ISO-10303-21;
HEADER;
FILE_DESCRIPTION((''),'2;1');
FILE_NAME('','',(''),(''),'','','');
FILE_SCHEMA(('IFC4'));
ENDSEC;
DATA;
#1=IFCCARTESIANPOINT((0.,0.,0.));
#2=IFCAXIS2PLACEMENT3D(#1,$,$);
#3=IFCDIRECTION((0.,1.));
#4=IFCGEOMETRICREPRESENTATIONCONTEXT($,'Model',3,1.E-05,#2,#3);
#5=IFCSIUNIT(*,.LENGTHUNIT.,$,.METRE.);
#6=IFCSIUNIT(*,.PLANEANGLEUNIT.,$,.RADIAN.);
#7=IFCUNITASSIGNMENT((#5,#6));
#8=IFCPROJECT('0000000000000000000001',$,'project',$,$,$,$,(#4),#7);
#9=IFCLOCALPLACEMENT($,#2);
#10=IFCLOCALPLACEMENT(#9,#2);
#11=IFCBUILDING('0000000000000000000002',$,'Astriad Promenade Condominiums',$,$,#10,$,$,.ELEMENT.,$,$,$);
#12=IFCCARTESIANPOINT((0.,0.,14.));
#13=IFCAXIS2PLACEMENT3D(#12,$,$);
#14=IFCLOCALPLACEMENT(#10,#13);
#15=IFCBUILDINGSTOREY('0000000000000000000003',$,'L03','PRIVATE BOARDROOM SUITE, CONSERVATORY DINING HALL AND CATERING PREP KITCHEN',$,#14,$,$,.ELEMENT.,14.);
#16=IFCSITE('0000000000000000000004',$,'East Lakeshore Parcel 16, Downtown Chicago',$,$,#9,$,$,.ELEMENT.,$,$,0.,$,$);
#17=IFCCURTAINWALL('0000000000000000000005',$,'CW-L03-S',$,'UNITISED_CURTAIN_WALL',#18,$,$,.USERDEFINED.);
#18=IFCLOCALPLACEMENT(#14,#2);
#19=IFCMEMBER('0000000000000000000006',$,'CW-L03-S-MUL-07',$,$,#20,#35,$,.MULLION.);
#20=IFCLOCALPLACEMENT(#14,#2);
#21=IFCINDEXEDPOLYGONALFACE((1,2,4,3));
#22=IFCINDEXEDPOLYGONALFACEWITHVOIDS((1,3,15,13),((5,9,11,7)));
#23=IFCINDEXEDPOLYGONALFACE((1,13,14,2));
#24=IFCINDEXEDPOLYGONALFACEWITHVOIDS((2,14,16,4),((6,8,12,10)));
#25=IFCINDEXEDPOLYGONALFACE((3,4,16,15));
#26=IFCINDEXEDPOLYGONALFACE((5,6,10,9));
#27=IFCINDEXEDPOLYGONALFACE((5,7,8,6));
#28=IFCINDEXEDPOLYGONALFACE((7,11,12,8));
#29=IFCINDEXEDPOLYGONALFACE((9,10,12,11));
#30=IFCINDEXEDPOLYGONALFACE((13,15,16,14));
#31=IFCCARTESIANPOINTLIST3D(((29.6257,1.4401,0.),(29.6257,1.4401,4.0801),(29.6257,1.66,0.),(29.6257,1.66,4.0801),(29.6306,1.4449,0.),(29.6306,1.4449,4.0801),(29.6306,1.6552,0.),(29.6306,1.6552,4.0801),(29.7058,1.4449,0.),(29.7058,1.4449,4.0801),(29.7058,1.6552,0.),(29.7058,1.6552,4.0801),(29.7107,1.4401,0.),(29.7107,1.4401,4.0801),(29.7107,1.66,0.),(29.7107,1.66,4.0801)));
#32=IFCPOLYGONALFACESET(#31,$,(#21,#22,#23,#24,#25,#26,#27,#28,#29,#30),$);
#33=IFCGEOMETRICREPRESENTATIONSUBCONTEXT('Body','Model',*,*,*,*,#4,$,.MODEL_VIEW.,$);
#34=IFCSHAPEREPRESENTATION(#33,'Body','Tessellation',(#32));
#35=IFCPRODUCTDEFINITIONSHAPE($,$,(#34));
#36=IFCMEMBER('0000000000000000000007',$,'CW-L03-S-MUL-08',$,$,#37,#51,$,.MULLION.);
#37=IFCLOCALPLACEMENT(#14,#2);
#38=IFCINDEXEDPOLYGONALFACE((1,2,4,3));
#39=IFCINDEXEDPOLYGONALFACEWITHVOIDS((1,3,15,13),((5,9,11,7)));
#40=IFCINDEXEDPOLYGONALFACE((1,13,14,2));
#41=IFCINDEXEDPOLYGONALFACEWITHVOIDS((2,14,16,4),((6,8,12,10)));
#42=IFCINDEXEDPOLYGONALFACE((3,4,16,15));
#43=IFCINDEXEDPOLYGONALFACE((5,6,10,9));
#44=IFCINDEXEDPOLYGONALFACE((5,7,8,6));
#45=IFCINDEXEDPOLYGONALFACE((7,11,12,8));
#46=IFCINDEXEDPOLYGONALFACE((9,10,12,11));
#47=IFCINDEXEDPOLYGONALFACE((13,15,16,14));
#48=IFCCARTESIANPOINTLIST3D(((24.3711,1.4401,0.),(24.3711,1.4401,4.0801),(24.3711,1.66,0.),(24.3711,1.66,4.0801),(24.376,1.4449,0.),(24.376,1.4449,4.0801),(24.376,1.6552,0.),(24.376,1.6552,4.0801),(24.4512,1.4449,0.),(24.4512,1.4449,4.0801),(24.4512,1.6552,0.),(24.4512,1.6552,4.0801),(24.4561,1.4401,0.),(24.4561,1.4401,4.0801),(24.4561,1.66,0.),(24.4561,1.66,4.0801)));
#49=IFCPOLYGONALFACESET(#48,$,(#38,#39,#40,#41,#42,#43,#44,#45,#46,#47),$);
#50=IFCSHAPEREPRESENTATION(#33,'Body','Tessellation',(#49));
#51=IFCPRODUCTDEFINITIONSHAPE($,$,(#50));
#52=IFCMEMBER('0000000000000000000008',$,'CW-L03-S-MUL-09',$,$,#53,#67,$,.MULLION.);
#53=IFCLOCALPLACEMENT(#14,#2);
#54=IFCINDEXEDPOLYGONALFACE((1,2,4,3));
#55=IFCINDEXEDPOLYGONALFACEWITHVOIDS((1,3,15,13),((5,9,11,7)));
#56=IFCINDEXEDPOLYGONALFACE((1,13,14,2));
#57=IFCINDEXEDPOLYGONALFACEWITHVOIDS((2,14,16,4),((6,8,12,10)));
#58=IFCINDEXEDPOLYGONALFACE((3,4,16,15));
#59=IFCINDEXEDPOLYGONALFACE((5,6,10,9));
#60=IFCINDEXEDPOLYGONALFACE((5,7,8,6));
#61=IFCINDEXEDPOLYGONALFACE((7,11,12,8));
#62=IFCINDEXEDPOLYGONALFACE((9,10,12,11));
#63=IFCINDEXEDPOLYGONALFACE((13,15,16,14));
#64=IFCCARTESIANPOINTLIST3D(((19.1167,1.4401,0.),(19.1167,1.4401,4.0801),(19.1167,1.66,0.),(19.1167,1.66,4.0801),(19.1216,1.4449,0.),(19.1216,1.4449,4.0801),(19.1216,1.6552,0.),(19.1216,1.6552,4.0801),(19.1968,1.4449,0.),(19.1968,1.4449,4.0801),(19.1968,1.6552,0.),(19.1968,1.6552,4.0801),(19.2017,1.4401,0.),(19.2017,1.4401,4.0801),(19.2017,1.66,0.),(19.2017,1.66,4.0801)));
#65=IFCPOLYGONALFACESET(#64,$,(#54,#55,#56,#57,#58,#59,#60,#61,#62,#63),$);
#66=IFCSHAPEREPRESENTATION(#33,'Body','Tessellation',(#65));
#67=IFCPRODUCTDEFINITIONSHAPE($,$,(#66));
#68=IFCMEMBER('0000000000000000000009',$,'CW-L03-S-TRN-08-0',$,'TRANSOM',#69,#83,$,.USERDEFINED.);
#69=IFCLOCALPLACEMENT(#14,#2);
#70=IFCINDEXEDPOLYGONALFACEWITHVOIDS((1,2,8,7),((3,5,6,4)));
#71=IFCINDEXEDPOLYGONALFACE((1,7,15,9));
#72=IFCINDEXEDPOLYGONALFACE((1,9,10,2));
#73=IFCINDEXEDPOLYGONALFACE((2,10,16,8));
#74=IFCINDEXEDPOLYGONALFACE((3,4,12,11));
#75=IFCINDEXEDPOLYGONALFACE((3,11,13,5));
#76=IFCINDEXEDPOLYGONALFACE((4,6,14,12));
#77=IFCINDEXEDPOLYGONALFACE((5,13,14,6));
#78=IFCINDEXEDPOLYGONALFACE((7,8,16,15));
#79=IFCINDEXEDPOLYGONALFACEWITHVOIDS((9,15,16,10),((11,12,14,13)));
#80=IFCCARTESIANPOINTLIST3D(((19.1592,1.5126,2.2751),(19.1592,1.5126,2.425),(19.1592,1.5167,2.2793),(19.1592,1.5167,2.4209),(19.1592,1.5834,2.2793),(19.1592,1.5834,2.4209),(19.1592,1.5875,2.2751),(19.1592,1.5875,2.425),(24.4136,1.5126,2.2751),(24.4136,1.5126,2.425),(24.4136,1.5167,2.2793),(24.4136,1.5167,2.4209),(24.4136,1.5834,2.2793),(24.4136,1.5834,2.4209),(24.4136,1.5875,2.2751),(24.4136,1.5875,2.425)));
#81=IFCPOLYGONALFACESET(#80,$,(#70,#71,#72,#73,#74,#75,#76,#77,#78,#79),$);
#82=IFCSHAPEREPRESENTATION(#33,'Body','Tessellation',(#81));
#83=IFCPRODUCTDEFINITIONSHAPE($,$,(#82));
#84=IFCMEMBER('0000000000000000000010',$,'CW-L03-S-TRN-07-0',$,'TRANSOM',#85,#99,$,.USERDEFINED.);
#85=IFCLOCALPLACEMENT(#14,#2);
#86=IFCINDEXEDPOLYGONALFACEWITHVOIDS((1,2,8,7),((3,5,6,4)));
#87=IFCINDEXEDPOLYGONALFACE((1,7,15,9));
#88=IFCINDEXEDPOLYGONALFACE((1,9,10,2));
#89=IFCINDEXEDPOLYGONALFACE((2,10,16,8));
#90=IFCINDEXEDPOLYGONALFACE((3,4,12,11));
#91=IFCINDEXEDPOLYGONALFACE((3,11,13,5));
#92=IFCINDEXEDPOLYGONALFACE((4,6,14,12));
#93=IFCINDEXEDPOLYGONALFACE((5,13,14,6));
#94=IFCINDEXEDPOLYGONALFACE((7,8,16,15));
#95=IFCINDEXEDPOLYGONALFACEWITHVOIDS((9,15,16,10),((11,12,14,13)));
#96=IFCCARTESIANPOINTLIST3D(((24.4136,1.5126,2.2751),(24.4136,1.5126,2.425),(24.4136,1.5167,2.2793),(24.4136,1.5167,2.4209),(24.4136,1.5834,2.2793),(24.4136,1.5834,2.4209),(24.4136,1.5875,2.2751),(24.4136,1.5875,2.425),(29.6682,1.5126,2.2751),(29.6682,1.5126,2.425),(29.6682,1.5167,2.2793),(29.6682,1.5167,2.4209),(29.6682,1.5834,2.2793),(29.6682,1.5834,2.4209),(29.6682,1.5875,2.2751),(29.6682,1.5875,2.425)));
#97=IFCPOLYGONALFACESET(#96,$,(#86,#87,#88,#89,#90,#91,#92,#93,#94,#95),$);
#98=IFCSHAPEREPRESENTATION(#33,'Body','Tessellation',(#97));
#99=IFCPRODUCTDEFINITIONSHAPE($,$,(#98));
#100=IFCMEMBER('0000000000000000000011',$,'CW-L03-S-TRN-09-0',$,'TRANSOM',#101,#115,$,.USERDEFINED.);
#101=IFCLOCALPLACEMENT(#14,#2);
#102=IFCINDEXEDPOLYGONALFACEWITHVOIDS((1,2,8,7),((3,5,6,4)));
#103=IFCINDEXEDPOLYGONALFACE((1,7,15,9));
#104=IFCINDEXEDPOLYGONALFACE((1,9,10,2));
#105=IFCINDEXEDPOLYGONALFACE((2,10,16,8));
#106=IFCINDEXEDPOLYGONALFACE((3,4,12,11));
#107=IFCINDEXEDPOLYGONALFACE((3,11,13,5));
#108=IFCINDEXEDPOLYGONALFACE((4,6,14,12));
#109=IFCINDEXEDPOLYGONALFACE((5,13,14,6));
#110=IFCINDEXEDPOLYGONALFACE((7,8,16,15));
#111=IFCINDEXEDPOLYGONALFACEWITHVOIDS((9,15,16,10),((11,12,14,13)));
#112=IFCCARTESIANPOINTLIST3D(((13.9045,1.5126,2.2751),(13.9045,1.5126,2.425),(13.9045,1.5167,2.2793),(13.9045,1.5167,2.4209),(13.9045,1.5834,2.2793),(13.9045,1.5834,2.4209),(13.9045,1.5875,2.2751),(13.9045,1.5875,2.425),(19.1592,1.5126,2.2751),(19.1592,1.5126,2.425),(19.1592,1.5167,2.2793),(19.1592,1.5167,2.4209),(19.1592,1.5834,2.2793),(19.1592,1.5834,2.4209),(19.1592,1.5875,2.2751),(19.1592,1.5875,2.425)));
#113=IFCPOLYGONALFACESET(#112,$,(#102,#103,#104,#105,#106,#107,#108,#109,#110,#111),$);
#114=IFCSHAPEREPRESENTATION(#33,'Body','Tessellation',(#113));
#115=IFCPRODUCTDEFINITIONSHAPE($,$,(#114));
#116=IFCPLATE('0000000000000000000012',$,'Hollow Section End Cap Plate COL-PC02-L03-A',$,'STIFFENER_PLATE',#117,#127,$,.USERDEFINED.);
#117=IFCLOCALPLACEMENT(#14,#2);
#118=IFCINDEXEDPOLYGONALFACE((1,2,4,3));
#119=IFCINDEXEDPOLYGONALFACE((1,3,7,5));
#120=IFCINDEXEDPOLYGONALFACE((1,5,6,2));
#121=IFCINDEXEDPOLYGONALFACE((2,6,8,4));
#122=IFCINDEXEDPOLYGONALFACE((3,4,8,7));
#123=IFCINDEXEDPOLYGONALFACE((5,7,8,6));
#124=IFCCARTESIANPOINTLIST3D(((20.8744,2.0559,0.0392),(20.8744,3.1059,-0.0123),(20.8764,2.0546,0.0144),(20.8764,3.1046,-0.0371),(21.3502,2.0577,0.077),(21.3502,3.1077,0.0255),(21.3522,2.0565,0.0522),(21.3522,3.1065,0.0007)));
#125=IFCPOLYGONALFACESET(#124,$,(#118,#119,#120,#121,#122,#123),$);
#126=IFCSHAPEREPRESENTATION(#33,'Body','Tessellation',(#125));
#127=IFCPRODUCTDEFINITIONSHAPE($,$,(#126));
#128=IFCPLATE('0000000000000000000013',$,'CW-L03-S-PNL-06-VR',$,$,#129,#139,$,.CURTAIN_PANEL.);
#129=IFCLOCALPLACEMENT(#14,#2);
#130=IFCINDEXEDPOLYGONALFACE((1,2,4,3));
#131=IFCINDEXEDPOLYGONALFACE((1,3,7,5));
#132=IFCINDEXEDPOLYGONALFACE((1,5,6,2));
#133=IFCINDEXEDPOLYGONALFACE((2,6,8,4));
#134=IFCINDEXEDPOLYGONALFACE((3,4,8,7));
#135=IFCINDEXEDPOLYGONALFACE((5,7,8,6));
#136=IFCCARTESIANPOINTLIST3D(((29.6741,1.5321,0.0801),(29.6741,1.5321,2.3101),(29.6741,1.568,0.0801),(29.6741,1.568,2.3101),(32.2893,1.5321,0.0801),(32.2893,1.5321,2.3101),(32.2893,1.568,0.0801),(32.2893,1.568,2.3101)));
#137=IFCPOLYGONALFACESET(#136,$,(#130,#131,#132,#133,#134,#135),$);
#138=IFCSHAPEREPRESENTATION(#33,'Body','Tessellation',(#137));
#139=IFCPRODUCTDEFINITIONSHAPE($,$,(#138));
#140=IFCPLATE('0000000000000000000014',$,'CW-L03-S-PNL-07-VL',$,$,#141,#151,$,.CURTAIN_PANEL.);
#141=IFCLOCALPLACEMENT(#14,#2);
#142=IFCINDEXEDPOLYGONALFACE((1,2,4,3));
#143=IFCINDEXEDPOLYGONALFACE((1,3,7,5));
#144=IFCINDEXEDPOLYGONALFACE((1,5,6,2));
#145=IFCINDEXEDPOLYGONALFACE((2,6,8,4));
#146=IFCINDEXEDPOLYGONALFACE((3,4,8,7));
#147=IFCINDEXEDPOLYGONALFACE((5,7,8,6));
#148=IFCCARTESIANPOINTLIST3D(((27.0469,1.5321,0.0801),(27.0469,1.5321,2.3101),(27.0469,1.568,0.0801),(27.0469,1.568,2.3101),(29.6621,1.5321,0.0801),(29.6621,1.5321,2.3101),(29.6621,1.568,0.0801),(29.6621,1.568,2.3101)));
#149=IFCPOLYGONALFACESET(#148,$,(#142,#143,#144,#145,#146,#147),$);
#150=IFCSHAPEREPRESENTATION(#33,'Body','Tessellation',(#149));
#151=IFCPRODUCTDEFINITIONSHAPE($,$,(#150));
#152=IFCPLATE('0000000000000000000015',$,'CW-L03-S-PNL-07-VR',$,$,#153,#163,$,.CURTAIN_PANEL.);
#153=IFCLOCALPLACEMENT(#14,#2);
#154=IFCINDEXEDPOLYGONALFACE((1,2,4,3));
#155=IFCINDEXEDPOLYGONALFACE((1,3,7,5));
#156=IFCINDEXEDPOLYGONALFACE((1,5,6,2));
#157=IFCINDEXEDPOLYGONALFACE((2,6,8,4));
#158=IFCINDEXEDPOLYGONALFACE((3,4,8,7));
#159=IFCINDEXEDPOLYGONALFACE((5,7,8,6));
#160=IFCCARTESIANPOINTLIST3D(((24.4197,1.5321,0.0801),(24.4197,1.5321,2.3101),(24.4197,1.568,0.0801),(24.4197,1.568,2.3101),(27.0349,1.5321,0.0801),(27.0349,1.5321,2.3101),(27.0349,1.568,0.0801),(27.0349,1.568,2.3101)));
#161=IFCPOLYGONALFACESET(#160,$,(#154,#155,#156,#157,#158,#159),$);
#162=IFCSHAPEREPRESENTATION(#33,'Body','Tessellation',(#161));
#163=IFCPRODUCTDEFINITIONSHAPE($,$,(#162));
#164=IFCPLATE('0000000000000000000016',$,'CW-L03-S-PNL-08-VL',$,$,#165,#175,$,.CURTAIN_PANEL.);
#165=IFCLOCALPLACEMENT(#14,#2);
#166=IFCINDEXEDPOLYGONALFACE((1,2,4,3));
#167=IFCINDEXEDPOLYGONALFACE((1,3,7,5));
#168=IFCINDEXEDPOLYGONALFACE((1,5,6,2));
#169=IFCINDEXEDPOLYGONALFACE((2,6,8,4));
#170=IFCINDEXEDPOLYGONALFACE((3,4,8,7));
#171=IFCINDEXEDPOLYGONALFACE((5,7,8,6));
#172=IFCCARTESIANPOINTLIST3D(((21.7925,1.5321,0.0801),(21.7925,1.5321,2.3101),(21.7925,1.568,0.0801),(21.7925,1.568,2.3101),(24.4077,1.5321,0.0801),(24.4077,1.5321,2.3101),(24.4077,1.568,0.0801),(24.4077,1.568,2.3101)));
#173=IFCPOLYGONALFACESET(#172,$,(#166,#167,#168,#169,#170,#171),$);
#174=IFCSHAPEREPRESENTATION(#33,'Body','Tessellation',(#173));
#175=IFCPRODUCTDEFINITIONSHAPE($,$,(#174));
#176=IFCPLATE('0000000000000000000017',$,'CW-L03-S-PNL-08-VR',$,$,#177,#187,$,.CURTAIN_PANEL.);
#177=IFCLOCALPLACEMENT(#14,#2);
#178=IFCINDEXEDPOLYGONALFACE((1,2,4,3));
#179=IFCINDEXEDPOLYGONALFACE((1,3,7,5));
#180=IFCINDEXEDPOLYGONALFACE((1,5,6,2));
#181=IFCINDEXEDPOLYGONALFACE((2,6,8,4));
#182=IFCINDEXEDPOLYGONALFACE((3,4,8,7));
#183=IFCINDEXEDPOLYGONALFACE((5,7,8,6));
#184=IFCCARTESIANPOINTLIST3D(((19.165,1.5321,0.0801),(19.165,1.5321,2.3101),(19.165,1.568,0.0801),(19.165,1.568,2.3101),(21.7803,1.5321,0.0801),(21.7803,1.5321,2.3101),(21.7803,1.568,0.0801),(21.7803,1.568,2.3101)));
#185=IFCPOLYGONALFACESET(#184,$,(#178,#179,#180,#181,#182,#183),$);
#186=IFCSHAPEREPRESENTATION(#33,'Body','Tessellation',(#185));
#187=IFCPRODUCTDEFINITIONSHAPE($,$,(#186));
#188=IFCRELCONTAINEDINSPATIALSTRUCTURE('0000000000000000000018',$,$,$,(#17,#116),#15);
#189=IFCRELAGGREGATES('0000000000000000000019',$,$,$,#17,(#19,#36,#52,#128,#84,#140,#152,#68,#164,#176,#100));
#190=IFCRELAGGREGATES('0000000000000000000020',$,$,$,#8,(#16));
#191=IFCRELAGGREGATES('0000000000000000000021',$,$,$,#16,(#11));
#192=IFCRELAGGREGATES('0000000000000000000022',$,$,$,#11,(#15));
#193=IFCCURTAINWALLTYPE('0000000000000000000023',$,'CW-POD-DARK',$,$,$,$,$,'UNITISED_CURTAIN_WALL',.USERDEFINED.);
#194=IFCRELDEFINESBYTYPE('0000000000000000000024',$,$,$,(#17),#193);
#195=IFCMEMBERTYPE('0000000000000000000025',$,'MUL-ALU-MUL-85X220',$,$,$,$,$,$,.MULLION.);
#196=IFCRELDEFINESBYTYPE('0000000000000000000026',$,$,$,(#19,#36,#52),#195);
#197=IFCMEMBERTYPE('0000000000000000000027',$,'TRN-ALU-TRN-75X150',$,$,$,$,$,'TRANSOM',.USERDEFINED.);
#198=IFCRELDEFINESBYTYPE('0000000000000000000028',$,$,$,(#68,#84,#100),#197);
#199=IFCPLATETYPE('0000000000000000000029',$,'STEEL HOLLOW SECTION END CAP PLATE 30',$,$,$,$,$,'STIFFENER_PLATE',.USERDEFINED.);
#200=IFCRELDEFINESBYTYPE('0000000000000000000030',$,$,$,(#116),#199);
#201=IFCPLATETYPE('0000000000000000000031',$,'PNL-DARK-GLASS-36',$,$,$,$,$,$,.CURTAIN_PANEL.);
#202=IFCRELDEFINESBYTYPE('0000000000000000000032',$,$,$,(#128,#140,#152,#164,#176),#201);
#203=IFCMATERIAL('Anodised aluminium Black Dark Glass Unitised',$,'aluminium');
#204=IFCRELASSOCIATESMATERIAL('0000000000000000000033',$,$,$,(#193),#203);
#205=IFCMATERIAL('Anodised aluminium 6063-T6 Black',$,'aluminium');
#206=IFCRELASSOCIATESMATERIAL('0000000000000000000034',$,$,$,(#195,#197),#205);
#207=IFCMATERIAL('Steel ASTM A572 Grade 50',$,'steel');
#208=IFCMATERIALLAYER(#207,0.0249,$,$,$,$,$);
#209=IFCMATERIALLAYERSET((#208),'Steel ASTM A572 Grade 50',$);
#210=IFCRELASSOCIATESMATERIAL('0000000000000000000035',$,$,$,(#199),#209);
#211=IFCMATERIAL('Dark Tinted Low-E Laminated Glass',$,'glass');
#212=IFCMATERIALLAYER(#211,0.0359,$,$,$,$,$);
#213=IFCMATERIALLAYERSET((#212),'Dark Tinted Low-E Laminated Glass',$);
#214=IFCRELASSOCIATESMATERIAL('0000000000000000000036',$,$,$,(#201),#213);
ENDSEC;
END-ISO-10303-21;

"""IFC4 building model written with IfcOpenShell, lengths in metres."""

from ifc_helpers import new_model, si_unit, direction, frame, origin, origin_2d, place, context, subcontext, project, spatial, rectangle, hollow_rectangle, extrude, source, transform, mapped, material, layer, layer_set, material_profile, profile_set, type_object, type_shapes, element, aggregate, save


model = new_model("IFC4")

# Units and contexts
model_context = context("Model", 3, precision=1e-05, world=origin(), true_north=direction((0.0, 1.0)))
body_context = subcontext(model_context, "Body", "Model", "MODEL_VIEW")
ifc_project = project(units=[si_unit("LENGTHUNIT", "METRE"), si_unit("PLANEANGLEUNIT", "RADIAN")], contexts=[model_context])

# Site, building, storey
site_placement = place(None, origin())
site = spatial("IfcSite", under=ifc_project, at=site_placement, Name="East Lakeshore Parcel 16, Downtown Chicago", CompositionType="ELEMENT", RefElevation=0.0)
building_placement = place(site_placement, origin())
building = spatial("IfcBuilding", under=site, at=building_placement, Name="Astriad Promenade Condominiums", CompositionType="ELEMENT")
storey_placement = place(building_placement, frame((0.0, 0.0, 14.0)))
storey = spatial("IfcBuildingStorey", under=building, at=storey_placement, Name="L03", Description="PRIVATE BOARDROOM SUITE, CONSERVATORY DINING HALL AND CATERING PREP KITCHEN", CompositionType="ELEMENT", Elevation=14.0)

# Curtain wall, members
ifc_material_1 = material(Name="Anodised aluminium Black Dark Glass Unitised", Category="aluminium")
curtain_wall_type = type_object("IfcCurtainWallType", Name="CW-POD-DARK", ElementType="UNITISED_CURTAIN_WALL", PredefinedType="USERDEFINED", material=ifc_material_1)
curtain_wall_placement = place(storey_placement, origin())
curtain_wall = element("IfcCurtainWall", 1, at=curtain_wall_placement, inside=storey, type_object=curtain_wall_type, Name="CW-L03-S", ObjectType="UNITISED_CURTAIN_WALL", PredefinedType="USERDEFINED")
ifc_material_2 = material(Name="Anodised aluminium 6063-T6 Black", Category="aluminium")
ifc_material_profile_1 = material_profile(ifc_material_2, hollow_rectangle(XDim=0.085, YDim=0.22, WallThickness=0.0049, at=origin_2d()), Name="ALU-MUL-85X220")
ifc_profile_set_1 = profile_set([ifc_material_profile_1], Name="Anodised aluminium 6063-T6 Black")
member_type_1 = type_object("IfcMemberType", Name="MUL-ALU-MUL-85X220", PredefinedType="MULLION", material=ifc_profile_set_1)
shared_shape_1 = source(origin(), body_context, "Body", "SweptSolid", [
    extrude(hollow_rectangle(XDim=0.085, YDim=0.22, WallThickness=0.0049, at=origin_2d()), origin(), (0.0, 0.0, 1.0), 4.0801),
])
type_shapes(member_type_1, [shared_shape_1])
member_1_placement = place(storey_placement, frame((29.6682, 1.55, 0.0), z_axis=(0.0, 0.0, 1.0), x_axis=(1.0, 0.0, 0.0)))
member_1 = element("IfcMember", 2, at=member_1_placement, type_object=member_type_1, Name="CW-L03-S-MUL-07", PredefinedType="MULLION", context=body_context, shape_type="MappedRepresentation", body=[
    mapped(shared_shape_1, transform((0.0, 0.0, 0.0), scale=1.0)),
])
member_2_placement = place(storey_placement, frame((24.4136, 1.55, 0.0), z_axis=(0.0, 0.0, 1.0), x_axis=(1.0, 0.0, 0.0)))
member_2 = element("IfcMember", 3, at=member_2_placement, type_object=member_type_1, Name="CW-L03-S-MUL-08", PredefinedType="MULLION", context=body_context, shape_type="MappedRepresentation", body=[
    mapped(shared_shape_1, transform((0.0, 0.0, 0.0), scale=1.0)),
])
member_3_placement = place(storey_placement, frame((19.1592, 1.55, 0.0), z_axis=(0.0, 0.0, 1.0), x_axis=(1.0, 0.0, 0.0)))
member_3 = element("IfcMember", 4, at=member_3_placement, type_object=member_type_1, Name="CW-L03-S-MUL-09", PredefinedType="MULLION", context=body_context, shape_type="MappedRepresentation", body=[
    mapped(shared_shape_1, transform((0.0, 0.0, 0.0), scale=1.0)),
])
ifc_material_profile_2 = material_profile(ifc_material_2, hollow_rectangle(XDim=0.075, YDim=0.1499, WallThickness=0.0042, at=origin_2d()), Name="ALU-TRN-75X150")
ifc_profile_set_2 = profile_set([ifc_material_profile_2], Name="Anodised aluminium 6063-T6 Black")
member_type_2 = type_object("IfcMemberType", Name="TRN-ALU-TRN-75X150", ElementType="TRANSOM", PredefinedType="USERDEFINED", material=ifc_profile_set_2)
shared_shape_2 = source(origin(), body_context, "Body", "SweptSolid", [
    extrude(hollow_rectangle(XDim=0.075, YDim=0.1499, WallThickness=0.0042, at=origin_2d()), origin(), (0.0, 0.0, 1.0), 5.2544),
])
member_4_placement = place(storey_placement, frame((24.4136, 1.55, 2.3501), z_axis=(-1.0, 0.0, 0.0), x_axis=(0.0, -1.0, 0.0)))
member_4 = element("IfcMember", 5, at=member_4_placement, type_object=member_type_2, Name="CW-L03-S-TRN-08-0", ObjectType="TRANSOM", PredefinedType="USERDEFINED", context=body_context, shape_type="MappedRepresentation", body=[
    mapped(shared_shape_2, transform((0.0, 0.0, 0.0), scale=1.0)),
])
shared_shape_3 = source(origin(), body_context, "Body", "SweptSolid", [
    extrude(hollow_rectangle(XDim=0.075, YDim=0.1499, WallThickness=0.0042, at=origin_2d()), origin(), (0.0, 0.0, 1.0), 5.2546),
])
type_shapes(member_type_2, [shared_shape_2, shared_shape_3])
member_5_placement = place(storey_placement, frame((29.6682, 1.55, 2.3501), z_axis=(-1.0, 0.0, 0.0), x_axis=(0.0, -1.0, 0.0)))
member_5 = element("IfcMember", 6, at=member_5_placement, type_object=member_type_2, Name="CW-L03-S-TRN-07-0", ObjectType="TRANSOM", PredefinedType="USERDEFINED", context=body_context, shape_type="MappedRepresentation", body=[
    mapped(shared_shape_3, transform((0.0, 0.0, 0.0), scale=1.0)),
])
member_6_placement = place(storey_placement, frame((19.1592, 1.55, 2.3501), z_axis=(-1.0, 0.0, 0.0), x_axis=(0.0, -1.0, 0.0)))
member_6 = element("IfcMember", 7, at=member_6_placement, type_object=member_type_2, Name="CW-L03-S-TRN-09-0", ObjectType="TRANSOM", PredefinedType="USERDEFINED", context=body_context, shape_type="MappedRepresentation", body=[
    mapped(shared_shape_3, transform((0.0, 0.0, 0.0), scale=1.0)),
])

# Plates
ifc_material_3 = material(Name="Steel ASTM A572 Grade 50", Category="steel")
ifc_layer_1 = layer(ifc_material_3, 0.0249)
ifc_layer_set_1 = layer_set([ifc_layer_1], Name="Steel ASTM A572 Grade 50")
plate_type_1 = type_object("IfcPlateType", Name="STEEL HOLLOW SECTION END CAP PLATE 30", ElementType="STIFFENER_PLATE", PredefinedType="USERDEFINED", material=ifc_layer_set_1)
shared_shape_4 = source(origin(), body_context, "Body", "SweptSolid", [
    extrude(rectangle(XDim=0.4773, YDim=1.0513, at=origin_2d()), origin(), (0.0, 0.0, 1.0), 0.0249),
])
type_shapes(plate_type_1, [shared_shape_4])
plate_1_placement = place(storey_placement, frame((21.1143, 2.5806, 0.0076), z_axis=(-0.079301, 0.048801, 0.995655), x_axis=(1.0, 0.0, 0.0)))
element("IfcPlate", 8, at=plate_1_placement, inside=storey, type_object=plate_type_1, Name="Hollow Section End Cap Plate COL-PC02-L03-A", ObjectType="STIFFENER_PLATE", PredefinedType="USERDEFINED", context=body_context, shape_type="MappedRepresentation", body=[
    mapped(shared_shape_4, transform((0.0, 0.0, 0.0), scale=1.0)),
])
ifc_material_4 = material(Name="Dark Tinted Low-E Laminated Glass", Category="glass")
ifc_layer_2 = layer(ifc_material_4, 0.0359)
ifc_layer_set_2 = layer_set([ifc_layer_2], Name="Dark Tinted Low-E Laminated Glass")
plate_type_2 = type_object("IfcPlateType", Name="PNL-DARK-GLASS-36", PredefinedType="CURTAIN_PANEL", material=ifc_layer_set_2)
shared_shape_5 = source(origin(), body_context, "Body", "SweptSolid", [
    extrude(rectangle(XDim=2.6152, YDim=0.0359, at=origin_2d()), origin(), (0.0, 0.0, 1.0), 2.23),
])
plate_2_placement = place(storey_placement, frame((30.9817, 1.55, 0.0801), z_axis=(0.0, 0.0, 1.0), x_axis=(-1.0, 0.0, 0.0)))
plate_2 = element("IfcPlate", 9, at=plate_2_placement, type_object=plate_type_2, Name="CW-L03-S-PNL-06-VR", PredefinedType="CURTAIN_PANEL", context=body_context, shape_type="MappedRepresentation", body=[
    mapped(shared_shape_5, transform((0.0, 0.0, 0.0), scale=1.0)),
])
plate_3_placement = place(storey_placement, frame((28.3545, 1.55, 0.0801), z_axis=(0.0, 0.0, 1.0), x_axis=(-1.0, 0.0, 0.0)))
plate_3 = element("IfcPlate", 10, at=plate_3_placement, type_object=plate_type_2, Name="CW-L03-S-PNL-07-VL", PredefinedType="CURTAIN_PANEL", context=body_context, shape_type="MappedRepresentation", body=[
    mapped(shared_shape_5, transform((0.0, 0.0, 0.0), scale=1.0)),
])
plate_4_placement = place(storey_placement, frame((25.7273, 1.55, 0.0801), z_axis=(0.0, 0.0, 1.0), x_axis=(-1.0, 0.0, 0.0)))
plate_4 = element("IfcPlate", 11, at=plate_4_placement, type_object=plate_type_2, Name="CW-L03-S-PNL-07-VR", PredefinedType="CURTAIN_PANEL", context=body_context, shape_type="MappedRepresentation", body=[
    mapped(shared_shape_5, transform((0.0, 0.0, 0.0), scale=1.0)),
])
plate_5_placement = place(storey_placement, frame((23.1001, 1.55, 0.0801), z_axis=(0.0, 0.0, 1.0), x_axis=(-1.0, 0.0, 0.0)))
plate_5 = element("IfcPlate", 12, at=plate_5_placement, type_object=plate_type_2, Name="CW-L03-S-PNL-08-VL", PredefinedType="CURTAIN_PANEL", context=body_context, shape_type="MappedRepresentation", body=[
    mapped(shared_shape_5, transform((0.0, 0.0, 0.0), scale=1.0)),
])
plate_6_placement = place(storey_placement, frame((20.4727, 1.55, 0.0801), z_axis=(0.0, 0.0, 1.0), x_axis=(-1.0, 0.0, 0.0)))
plate_6 = element("IfcPlate", 13, at=plate_6_placement, type_object=plate_type_2, Name="CW-L03-S-PNL-08-VR", PredefinedType="CURTAIN_PANEL", context=body_context, shape_type="MappedRepresentation", body=[
    mapped(shared_shape_5, transform((0.0, 0.0, 0.0), scale=1.0)),
])
aggregate(curtain_wall, [member_1, member_2, member_3, plate_2, member_5, plate_3, plate_4, member_4, plate_5, plate_6, member_6])

save(model, "model.ifc")
